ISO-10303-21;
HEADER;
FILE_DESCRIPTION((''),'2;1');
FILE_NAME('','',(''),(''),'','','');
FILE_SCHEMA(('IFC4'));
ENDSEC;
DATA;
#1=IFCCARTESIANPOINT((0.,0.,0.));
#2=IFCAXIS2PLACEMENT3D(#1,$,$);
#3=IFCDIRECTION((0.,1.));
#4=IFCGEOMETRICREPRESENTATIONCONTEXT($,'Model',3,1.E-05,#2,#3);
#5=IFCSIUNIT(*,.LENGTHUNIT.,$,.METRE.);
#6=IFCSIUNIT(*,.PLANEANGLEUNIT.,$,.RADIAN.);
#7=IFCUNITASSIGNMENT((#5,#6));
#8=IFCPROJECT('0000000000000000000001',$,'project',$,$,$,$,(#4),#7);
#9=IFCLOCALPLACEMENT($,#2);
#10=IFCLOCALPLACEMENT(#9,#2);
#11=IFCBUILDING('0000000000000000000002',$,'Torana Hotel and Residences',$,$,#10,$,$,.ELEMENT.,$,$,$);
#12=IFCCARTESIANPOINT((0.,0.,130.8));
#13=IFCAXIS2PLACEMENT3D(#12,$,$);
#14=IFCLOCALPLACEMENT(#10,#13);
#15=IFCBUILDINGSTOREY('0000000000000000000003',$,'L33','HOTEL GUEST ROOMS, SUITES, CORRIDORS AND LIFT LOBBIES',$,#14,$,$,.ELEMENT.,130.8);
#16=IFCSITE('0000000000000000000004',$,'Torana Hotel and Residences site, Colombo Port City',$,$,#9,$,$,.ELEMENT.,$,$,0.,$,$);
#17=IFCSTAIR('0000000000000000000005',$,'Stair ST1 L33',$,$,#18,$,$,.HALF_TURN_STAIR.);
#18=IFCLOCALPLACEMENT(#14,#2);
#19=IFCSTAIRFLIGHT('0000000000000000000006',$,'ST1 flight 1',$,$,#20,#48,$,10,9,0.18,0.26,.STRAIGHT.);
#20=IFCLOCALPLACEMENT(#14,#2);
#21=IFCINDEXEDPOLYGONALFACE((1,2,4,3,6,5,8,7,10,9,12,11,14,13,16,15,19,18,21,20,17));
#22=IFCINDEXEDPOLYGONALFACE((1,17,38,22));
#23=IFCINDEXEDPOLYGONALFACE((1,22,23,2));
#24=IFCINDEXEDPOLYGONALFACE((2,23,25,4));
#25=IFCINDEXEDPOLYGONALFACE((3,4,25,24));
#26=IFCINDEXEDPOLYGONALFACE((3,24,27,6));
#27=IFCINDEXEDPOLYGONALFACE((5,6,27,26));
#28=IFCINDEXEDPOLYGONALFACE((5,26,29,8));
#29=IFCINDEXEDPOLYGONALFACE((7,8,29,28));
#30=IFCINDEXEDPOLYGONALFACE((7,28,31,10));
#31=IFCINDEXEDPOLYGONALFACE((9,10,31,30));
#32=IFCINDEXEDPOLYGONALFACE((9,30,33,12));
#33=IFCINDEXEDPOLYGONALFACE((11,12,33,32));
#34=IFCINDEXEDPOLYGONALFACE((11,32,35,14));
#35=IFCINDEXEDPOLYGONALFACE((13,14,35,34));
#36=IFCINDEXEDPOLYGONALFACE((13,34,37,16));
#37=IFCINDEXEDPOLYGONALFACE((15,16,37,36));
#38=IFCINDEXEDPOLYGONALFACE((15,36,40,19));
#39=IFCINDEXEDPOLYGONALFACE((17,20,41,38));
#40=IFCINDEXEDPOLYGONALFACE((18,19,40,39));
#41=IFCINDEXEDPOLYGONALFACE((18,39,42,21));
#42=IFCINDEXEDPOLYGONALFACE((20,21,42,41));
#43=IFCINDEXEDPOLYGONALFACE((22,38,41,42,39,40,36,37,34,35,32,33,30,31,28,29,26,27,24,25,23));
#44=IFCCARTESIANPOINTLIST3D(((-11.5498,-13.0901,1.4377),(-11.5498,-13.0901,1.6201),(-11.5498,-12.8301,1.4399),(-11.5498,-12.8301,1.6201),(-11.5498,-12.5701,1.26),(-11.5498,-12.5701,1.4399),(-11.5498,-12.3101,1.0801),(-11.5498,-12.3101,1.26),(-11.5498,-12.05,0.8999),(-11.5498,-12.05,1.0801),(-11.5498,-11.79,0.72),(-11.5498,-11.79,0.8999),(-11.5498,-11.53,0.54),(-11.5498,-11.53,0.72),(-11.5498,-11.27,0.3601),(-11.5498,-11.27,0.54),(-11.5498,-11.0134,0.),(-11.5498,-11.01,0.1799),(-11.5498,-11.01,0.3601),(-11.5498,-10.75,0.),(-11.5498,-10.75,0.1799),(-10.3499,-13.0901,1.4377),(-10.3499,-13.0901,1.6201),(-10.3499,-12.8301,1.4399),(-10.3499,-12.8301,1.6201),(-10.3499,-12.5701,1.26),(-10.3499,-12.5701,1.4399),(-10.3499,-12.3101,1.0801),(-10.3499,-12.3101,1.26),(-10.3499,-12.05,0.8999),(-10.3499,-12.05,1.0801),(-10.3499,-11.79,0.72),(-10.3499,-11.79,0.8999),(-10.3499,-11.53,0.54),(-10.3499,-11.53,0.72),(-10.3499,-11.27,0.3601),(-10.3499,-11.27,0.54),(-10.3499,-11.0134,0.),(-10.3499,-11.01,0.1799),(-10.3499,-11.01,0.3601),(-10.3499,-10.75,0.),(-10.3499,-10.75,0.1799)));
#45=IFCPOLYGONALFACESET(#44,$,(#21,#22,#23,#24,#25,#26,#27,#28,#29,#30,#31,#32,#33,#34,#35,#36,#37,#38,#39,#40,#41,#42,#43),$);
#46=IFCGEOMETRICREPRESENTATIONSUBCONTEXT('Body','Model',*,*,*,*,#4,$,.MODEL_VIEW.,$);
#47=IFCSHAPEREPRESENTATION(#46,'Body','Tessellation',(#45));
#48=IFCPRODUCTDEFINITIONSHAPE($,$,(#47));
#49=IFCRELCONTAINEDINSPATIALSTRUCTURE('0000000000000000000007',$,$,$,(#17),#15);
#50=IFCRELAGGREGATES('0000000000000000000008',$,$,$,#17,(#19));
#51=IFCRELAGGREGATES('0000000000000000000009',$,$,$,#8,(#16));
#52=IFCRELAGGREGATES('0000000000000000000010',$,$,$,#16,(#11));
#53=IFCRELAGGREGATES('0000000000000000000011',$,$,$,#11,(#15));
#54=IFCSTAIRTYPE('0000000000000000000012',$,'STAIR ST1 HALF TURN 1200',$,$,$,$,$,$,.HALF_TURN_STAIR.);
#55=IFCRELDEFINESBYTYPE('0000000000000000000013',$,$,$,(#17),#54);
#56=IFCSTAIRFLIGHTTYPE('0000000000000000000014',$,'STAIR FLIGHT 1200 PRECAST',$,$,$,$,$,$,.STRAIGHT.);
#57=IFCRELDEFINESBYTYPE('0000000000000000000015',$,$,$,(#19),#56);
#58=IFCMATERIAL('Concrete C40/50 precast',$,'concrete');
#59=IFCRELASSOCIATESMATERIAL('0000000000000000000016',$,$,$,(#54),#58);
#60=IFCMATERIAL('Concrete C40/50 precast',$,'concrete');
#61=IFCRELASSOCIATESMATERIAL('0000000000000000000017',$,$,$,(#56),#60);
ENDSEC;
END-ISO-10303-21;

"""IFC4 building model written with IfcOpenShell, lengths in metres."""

from ifc_helpers import new_model, si_unit, direction, frame, origin, place, context, subcontext, project, spatial, polyline, outline, extrude, material, type_object, element, aggregate, save


model = new_model("IFC4")

# Units and contexts
model_context = context("Model", 3, precision=1e-05, world=origin(), true_north=direction((0.0, 1.0)))
body_context = subcontext(model_context, "Body", "Model", "MODEL_VIEW")
ifc_project = project(units=[si_unit("LENGTHUNIT", "METRE"), si_unit("PLANEANGLEUNIT", "RADIAN")], contexts=[model_context])

# Site, building, storey
site_placement = place(None, origin())
site = spatial("IfcSite", under=ifc_project, at=site_placement, Name="Torana Hotel and Residences site, Colombo Port City", CompositionType="ELEMENT", RefElevation=0.0)
building_placement = place(site_placement, origin())
building = spatial("IfcBuilding", under=site, at=building_placement, Name="Torana Hotel and Residences", CompositionType="ELEMENT")
storey_placement = place(building_placement, frame((0.0, 0.0, 130.8)))
storey = spatial("IfcBuildingStorey", under=building, at=storey_placement, Name="L33", Description="HOTEL GUEST ROOMS, SUITES, CORRIDORS AND LIFT LOBBIES", CompositionType="ELEMENT", Elevation=130.8)

# Stair, stair flight
ifc_material_1 = material(Name="Concrete C40/50 precast", Category="concrete")
stair_type = type_object("IfcStairType", Name="STAIR ST1 HALF TURN 1200", PredefinedType="HALF_TURN_STAIR", material=ifc_material_1)
stair_placement = place(storey_placement, origin())
stair = element("IfcStair", 1, at=stair_placement, inside=storey, type_object=stair_type, Name="Stair ST1 L33", PredefinedType="HALF_TURN_STAIR")
ifc_material_2 = material(Name="Concrete C40/50 precast", Category="concrete")
stair_flight_type = type_object("IfcStairFlightType", Name="STAIR FLIGHT 1200 PRECAST", PredefinedType="STRAIGHT", material=ifc_material_2)
stair_flight_placement = place(storey_placement, frame((-10.95, -10.75, 0.0), z_axis=(0.0, 0.0, 1.0), x_axis=(0.0, -1.0, 0.0)))
stair_flight = element("IfcStairFlight", 2, at=stair_flight_placement, type_object=stair_flight_type, Name="ST1 flight 1", NumberOfRisers=10, NumberOfTreads=9, PredefinedType="STRAIGHT", RiserHeight=0.18, TreadLength=0.26, context=body_context, shape_type="SweptSolid", body=[
    extrude(outline(polyline([(0.0, 0.0), (0.0, 0.1799), (0.26, 0.1799), (0.26, 0.3601), (0.52, 0.3601), (0.52, 0.54), (0.78, 0.54), (0.78, 0.72), (1.04, 0.72), (1.04, 0.8999), (1.3, 0.8999), (1.3, 1.0801), (1.5601, 1.0801), (1.5601, 1.26), (1.8201, 1.26), (1.8201, 1.4399), (2.0801, 1.4399), (2.0801, 1.6201), (2.3401, 1.6201), (2.3401, 1.8), (2.3401, 1.4377), (0.2634, 0.0), (0.0, 0.0)])), frame((0.0, 0.6001, 0.0), z_axis=(0.0, -1.0, 0.0), x_axis=(1.0, 0.0, 0.0)), (0.0, 0.0, 1.0), 1.2),
])
aggregate(stair, [stair_flight])

save(model, "model.ifc")
